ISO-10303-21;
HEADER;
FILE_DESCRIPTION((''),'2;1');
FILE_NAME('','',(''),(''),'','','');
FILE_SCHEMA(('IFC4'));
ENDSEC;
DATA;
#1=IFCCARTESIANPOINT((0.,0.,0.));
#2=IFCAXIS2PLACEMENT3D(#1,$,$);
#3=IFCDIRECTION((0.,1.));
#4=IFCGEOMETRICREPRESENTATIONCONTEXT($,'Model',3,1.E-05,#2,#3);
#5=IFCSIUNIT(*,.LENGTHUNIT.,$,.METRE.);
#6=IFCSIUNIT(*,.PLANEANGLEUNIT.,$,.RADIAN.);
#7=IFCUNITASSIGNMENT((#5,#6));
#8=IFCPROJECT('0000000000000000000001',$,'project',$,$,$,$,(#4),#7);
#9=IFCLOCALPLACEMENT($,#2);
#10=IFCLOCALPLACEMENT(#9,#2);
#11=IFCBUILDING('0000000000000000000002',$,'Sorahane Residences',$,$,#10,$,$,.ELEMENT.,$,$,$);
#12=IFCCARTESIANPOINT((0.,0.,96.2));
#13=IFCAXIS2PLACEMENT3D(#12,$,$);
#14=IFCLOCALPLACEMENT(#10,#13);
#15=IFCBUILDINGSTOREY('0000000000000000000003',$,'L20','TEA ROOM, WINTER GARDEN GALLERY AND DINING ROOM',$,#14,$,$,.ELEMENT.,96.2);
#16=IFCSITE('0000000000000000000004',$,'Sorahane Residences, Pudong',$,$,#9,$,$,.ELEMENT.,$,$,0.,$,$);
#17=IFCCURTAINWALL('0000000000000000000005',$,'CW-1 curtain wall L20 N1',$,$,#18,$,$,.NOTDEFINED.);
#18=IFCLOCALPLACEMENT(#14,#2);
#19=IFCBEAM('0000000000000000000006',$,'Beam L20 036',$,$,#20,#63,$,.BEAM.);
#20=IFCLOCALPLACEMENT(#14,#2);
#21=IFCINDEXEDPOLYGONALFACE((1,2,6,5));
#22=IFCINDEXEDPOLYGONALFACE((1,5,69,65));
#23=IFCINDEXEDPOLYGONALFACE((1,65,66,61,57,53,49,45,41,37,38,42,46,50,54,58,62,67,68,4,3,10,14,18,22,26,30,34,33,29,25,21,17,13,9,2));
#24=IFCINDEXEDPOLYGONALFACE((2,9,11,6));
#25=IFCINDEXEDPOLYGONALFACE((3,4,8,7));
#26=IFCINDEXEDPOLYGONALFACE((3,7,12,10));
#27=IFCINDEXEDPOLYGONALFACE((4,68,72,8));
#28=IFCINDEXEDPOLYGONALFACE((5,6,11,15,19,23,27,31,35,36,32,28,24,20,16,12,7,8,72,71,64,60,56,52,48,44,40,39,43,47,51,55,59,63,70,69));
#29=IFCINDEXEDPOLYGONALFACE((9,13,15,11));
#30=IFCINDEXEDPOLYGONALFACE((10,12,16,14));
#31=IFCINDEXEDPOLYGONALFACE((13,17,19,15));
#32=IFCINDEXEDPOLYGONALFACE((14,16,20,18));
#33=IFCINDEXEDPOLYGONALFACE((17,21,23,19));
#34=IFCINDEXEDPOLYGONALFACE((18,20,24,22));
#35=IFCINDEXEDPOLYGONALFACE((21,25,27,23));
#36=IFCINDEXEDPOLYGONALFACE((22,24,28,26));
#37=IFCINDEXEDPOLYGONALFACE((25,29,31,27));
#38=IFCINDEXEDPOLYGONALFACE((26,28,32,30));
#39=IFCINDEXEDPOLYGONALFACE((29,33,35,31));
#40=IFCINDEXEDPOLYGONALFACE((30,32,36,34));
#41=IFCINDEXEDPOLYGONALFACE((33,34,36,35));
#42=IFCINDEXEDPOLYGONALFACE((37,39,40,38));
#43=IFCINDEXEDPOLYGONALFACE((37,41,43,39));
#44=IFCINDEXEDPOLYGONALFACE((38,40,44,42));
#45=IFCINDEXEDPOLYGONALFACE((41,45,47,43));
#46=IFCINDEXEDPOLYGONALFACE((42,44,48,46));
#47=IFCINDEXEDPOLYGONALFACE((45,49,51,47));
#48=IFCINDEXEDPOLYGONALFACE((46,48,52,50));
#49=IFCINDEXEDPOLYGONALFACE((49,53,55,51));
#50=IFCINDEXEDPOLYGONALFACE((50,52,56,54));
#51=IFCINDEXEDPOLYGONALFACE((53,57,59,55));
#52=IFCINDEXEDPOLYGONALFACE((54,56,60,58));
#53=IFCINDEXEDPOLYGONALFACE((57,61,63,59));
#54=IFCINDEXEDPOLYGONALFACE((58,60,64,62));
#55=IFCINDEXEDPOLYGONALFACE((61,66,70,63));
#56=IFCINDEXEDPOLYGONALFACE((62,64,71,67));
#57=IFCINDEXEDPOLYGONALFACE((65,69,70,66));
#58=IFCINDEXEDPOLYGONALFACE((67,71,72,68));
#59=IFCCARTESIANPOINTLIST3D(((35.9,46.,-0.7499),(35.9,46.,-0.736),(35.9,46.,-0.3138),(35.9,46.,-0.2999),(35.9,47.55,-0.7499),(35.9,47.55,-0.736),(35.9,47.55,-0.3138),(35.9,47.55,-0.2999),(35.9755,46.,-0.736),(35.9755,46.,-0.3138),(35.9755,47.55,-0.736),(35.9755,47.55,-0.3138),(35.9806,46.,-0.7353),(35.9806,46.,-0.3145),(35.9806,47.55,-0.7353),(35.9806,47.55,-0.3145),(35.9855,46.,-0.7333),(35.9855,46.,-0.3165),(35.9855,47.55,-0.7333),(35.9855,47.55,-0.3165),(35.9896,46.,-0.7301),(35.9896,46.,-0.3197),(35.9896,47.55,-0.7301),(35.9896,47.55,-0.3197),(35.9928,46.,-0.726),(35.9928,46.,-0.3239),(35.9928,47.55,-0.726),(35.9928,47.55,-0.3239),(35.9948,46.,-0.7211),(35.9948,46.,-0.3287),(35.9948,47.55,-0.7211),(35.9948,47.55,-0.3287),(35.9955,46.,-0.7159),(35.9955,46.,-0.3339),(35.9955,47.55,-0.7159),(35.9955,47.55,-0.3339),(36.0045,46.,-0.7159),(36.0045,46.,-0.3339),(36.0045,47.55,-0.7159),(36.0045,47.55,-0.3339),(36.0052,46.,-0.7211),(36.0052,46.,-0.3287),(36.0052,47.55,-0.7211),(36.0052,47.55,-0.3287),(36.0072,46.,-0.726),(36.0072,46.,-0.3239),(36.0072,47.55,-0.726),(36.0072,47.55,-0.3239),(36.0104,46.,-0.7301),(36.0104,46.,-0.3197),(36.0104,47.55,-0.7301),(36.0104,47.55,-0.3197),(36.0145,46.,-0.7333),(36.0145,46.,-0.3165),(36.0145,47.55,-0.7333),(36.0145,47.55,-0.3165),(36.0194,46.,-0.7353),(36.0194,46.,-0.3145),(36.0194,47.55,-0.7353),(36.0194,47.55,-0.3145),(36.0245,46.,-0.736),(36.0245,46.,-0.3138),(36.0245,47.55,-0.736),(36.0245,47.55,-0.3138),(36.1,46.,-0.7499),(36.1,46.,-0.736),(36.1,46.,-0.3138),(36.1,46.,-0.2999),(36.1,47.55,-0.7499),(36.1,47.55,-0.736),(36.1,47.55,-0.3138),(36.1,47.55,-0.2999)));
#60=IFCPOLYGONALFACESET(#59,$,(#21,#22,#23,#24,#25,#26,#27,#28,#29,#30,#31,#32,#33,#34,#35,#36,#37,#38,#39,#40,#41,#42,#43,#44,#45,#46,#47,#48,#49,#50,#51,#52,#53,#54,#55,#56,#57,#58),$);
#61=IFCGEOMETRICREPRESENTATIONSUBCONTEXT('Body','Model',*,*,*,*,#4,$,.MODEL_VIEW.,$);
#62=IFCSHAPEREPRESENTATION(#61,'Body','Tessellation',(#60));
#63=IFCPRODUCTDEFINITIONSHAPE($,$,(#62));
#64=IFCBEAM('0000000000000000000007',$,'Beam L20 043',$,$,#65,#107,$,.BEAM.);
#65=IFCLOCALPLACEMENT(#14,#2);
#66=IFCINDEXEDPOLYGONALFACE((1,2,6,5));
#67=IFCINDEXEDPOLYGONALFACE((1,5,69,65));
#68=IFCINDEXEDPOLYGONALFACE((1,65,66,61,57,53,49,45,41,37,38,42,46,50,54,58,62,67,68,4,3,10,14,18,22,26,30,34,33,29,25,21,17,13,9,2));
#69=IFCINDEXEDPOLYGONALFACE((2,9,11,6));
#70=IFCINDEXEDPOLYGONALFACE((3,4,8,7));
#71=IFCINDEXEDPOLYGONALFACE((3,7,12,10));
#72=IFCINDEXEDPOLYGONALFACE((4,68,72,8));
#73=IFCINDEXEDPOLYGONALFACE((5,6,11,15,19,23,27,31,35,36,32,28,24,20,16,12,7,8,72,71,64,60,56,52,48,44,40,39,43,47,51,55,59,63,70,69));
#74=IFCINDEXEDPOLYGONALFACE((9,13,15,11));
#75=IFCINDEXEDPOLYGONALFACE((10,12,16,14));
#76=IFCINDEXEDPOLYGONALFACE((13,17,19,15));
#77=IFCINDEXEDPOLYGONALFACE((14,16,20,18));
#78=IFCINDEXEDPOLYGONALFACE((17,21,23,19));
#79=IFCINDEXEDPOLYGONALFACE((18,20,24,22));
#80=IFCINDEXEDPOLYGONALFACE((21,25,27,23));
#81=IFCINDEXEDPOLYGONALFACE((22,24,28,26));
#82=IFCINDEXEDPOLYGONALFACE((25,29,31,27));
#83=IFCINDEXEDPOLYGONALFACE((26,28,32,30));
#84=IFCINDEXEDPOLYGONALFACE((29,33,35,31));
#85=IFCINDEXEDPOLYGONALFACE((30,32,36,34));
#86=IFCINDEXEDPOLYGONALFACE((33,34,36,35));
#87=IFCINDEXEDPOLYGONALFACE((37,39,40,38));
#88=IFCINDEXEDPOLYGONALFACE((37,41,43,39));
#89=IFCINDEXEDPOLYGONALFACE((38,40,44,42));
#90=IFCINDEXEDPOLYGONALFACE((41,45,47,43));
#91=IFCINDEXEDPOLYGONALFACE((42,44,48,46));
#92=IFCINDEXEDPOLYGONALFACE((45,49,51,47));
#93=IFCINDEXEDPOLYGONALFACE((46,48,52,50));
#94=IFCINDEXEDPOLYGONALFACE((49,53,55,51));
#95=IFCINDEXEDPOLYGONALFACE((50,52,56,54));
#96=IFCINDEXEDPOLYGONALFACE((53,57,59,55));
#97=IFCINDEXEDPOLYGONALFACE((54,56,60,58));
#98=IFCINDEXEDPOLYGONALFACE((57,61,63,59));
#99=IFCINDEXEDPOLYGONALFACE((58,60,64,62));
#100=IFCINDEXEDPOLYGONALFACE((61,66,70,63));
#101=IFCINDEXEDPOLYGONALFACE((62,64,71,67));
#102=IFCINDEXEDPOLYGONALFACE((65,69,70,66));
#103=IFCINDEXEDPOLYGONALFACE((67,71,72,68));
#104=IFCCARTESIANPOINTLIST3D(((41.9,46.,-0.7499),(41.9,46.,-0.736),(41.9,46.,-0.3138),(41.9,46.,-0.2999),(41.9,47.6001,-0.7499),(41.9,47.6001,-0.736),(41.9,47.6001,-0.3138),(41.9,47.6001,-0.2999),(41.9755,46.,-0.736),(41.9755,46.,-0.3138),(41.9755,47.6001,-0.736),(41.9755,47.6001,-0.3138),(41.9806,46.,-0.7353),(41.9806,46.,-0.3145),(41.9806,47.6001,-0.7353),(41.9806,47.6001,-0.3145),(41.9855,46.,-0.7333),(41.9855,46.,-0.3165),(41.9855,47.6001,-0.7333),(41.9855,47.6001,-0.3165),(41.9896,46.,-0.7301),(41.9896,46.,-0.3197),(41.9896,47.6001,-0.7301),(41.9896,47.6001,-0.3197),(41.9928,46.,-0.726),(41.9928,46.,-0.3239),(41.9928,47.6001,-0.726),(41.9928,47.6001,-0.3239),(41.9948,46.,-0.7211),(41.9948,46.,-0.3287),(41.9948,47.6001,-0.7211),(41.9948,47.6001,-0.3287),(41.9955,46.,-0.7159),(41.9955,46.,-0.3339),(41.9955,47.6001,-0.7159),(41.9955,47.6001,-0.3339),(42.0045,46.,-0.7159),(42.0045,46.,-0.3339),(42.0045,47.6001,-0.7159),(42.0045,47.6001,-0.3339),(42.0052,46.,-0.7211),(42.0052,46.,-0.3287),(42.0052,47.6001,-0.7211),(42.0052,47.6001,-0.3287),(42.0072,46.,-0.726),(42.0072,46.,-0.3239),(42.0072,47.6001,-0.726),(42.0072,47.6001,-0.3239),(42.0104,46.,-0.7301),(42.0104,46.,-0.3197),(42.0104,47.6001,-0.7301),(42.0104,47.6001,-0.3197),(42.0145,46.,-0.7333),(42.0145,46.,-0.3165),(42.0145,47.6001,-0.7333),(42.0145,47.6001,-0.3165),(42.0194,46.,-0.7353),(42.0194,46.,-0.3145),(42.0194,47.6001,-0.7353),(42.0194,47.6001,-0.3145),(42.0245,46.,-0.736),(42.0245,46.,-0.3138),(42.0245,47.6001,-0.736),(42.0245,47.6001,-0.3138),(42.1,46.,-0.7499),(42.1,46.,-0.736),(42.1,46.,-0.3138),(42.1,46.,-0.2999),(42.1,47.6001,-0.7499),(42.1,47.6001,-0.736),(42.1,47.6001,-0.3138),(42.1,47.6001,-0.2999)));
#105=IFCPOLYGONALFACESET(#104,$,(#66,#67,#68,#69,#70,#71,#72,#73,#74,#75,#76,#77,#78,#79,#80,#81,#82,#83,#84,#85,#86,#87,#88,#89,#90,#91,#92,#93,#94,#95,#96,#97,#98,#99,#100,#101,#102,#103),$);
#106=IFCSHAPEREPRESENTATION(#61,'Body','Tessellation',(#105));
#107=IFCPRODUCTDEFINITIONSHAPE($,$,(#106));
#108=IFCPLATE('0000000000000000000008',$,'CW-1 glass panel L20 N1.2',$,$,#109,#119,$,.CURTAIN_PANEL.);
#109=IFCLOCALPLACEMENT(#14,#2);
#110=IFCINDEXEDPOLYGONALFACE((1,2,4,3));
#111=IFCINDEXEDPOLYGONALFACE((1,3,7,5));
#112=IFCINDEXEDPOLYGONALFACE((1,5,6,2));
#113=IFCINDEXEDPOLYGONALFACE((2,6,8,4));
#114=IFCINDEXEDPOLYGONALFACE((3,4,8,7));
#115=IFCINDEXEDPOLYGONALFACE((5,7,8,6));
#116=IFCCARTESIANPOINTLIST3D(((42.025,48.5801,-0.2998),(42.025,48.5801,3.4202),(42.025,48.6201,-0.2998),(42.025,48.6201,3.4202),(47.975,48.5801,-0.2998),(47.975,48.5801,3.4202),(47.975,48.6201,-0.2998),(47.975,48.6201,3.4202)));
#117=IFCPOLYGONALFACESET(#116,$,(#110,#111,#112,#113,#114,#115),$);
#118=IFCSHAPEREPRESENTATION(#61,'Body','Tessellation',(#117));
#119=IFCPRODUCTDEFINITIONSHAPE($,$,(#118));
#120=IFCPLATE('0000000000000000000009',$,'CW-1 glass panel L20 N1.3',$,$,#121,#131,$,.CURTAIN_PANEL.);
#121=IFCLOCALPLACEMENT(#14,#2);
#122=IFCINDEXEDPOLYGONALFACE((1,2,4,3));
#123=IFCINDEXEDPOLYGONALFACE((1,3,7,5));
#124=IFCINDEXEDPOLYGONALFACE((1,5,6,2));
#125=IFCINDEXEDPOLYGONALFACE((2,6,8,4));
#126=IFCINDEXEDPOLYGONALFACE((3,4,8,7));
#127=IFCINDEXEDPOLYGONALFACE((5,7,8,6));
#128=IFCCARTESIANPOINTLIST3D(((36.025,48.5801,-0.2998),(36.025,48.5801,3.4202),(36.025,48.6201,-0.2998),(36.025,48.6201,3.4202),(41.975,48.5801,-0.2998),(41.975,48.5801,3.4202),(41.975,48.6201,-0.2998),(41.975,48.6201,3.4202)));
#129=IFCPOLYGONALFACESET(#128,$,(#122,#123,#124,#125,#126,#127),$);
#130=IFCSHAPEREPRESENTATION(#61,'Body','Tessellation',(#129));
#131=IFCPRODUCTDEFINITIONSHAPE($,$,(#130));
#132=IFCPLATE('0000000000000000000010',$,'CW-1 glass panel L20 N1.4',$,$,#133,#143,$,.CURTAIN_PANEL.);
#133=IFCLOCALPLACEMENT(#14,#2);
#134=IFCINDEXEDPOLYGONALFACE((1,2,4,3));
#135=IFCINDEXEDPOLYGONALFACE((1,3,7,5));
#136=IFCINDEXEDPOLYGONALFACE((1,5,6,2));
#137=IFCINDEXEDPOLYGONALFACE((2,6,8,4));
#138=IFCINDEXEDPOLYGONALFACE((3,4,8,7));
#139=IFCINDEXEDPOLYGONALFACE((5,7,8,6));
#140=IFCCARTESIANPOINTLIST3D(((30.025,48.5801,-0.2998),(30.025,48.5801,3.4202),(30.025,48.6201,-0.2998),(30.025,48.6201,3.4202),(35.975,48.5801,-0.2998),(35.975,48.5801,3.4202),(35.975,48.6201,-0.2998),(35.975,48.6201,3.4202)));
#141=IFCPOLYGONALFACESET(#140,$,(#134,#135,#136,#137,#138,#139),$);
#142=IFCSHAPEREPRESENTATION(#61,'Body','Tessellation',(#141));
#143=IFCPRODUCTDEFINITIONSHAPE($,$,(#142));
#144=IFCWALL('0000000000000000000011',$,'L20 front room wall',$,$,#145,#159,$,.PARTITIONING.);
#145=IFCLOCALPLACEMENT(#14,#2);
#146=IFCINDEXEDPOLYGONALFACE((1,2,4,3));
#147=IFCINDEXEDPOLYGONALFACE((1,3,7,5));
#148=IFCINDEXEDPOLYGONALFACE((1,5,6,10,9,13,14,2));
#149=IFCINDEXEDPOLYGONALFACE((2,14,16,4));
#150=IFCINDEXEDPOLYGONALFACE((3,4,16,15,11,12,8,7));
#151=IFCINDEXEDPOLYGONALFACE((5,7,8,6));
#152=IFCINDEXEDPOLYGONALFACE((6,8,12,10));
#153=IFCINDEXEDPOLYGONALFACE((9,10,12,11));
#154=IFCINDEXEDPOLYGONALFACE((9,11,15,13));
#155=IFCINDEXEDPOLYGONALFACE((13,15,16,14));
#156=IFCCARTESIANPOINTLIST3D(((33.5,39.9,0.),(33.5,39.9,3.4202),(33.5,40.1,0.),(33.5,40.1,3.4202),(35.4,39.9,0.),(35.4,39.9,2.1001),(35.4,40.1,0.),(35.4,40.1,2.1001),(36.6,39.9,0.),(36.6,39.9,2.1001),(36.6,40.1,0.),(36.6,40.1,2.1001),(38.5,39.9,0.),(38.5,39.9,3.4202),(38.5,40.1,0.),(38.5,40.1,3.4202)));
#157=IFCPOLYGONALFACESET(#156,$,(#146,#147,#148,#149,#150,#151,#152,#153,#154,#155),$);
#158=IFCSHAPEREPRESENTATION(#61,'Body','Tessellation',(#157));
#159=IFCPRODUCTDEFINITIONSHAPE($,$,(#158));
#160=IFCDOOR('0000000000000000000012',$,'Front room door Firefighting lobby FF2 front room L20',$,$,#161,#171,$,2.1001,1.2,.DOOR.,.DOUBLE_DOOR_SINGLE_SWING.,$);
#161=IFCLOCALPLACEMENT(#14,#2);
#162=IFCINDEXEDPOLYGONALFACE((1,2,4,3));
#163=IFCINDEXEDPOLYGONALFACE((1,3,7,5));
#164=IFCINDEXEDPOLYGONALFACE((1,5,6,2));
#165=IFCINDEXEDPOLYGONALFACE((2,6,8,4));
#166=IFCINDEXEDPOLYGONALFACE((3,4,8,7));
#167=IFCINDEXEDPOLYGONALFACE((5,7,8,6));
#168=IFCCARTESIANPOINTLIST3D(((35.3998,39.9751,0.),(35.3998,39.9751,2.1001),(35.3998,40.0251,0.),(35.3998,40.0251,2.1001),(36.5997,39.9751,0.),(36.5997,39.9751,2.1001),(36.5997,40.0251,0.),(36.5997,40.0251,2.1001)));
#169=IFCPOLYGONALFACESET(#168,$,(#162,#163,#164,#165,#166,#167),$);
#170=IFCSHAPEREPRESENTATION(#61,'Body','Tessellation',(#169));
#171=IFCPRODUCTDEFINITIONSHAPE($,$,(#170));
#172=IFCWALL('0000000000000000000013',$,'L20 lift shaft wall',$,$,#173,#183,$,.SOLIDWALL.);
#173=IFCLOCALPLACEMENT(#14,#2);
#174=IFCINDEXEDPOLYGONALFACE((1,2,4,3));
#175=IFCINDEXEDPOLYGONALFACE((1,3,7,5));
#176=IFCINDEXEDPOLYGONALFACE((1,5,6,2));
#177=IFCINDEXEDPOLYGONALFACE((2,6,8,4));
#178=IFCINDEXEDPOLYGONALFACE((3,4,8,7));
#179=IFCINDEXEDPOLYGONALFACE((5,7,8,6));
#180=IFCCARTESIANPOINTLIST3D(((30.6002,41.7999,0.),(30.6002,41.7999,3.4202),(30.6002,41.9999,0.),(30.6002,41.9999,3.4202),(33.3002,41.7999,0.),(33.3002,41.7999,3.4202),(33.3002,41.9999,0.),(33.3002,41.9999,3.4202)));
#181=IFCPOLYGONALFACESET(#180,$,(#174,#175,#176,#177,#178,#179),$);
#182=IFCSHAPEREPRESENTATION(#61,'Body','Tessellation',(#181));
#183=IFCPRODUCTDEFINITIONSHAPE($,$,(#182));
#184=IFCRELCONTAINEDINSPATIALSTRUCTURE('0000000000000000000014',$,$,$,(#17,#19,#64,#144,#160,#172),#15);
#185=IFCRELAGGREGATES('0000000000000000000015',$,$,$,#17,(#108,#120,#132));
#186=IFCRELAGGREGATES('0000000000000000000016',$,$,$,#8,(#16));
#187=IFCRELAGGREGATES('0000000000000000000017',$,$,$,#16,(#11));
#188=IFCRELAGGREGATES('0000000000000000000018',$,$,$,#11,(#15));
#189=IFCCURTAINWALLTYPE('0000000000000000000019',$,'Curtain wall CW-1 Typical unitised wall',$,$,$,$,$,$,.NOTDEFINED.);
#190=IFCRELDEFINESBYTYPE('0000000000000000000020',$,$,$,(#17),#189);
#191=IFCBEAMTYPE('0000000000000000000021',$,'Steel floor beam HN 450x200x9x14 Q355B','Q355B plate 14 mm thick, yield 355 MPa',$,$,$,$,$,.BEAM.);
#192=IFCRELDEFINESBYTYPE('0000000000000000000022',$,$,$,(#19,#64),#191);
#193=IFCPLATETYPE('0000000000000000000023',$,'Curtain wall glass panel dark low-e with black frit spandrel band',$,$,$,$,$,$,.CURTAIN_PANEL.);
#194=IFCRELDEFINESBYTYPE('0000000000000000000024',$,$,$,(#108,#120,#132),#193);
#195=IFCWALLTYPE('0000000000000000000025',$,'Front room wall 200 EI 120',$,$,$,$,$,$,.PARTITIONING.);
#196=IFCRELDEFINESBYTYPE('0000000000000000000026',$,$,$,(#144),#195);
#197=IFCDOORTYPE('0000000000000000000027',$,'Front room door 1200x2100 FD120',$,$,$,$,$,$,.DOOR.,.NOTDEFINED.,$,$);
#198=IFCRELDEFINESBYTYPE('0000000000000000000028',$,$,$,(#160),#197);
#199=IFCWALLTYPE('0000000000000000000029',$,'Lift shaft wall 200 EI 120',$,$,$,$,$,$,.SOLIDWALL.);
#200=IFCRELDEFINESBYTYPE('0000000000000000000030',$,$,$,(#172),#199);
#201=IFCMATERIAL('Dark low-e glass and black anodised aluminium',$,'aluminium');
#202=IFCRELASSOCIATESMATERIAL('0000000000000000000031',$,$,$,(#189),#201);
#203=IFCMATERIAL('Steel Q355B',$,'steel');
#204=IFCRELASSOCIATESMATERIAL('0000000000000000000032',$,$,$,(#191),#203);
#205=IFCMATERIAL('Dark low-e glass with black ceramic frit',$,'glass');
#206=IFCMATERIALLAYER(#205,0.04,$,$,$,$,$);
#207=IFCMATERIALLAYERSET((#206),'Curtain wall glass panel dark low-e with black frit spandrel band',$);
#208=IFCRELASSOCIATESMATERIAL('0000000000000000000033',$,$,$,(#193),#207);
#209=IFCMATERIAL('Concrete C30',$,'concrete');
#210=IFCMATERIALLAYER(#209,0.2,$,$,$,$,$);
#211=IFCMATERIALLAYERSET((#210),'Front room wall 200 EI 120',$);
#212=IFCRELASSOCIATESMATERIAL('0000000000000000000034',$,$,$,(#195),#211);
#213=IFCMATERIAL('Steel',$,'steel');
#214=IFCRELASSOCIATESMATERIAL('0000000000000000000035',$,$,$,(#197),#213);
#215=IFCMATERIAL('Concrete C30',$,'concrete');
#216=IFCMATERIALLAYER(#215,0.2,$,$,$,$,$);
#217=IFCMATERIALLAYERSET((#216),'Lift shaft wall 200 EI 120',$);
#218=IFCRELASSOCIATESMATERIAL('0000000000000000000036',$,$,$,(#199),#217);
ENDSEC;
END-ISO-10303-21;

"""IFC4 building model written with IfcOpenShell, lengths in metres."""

from ifc_helpers import new_model, si_unit, direction, frame, frame_2d, origin, origin_2d, place, context, subcontext, project, spatial, rectangle, i_section, extrude, material, layer, layer_set, material_profile, profile_set, type_object, element, fill, aggregate, save


model = new_model("IFC4")

# Units and contexts
model_context = context("Model", 3, precision=1e-05, world=origin(), true_north=direction((0.0, 1.0)))
body_context = subcontext(model_context, "Body", "Model", "MODEL_VIEW")
ifc_project = project(units=[si_unit("LENGTHUNIT", "METRE"), si_unit("PLANEANGLEUNIT", "RADIAN")], contexts=[model_context])

# Site, building, storey
site_placement = place(None, origin())
site = spatial("IfcSite", under=ifc_project, at=site_placement, Name="Sorahane Residences, Pudong", CompositionType="ELEMENT", RefElevation=0.0)
building_placement = place(site_placement, origin())
building = spatial("IfcBuilding", under=site, at=building_placement, Name="Sorahane Residences", CompositionType="ELEMENT")
storey_placement = place(building_placement, frame((0.0, 0.0, 96.2)))
storey = spatial("IfcBuildingStorey", under=building, at=storey_placement, Name="L20", Description="TEA ROOM, WINTER GARDEN GALLERY AND DINING ROOM", CompositionType="ELEMENT", Elevation=96.2)

# Curtain wall
ifc_material_1 = material(Name="Dark low-e glass and black anodised aluminium", Category="aluminium")
curtain_wall_type = type_object("IfcCurtainWallType", Name="Curtain wall CW-1 Typical unitised wall", PredefinedType="NOTDEFINED", material=ifc_material_1)
curtain_wall_placement = place(storey_placement, origin())
curtain_wall = element("IfcCurtainWall", 1, at=curtain_wall_placement, inside=storey, type_object=curtain_wall_type, Name="CW-1 curtain wall L20 N1", PredefinedType="NOTDEFINED")

# Beams
ifc_material_2 = material(Name="Steel Q355B", Category="steel")
ifc_material_profile_1 = material_profile(ifc_material_2, i_section(OverallWidth=0.2, OverallDepth=0.45, WebThickness=0.009, FlangeThickness=0.0139, FilletRadius=0.02, at=origin_2d()), Name="HN 450x200x9x14")
ifc_profile_set_1 = profile_set([ifc_material_profile_1], Name="Steel Q355B")
beam_type_1 = type_object("IfcBeamType", Name="Steel floor beam HN 450x200x9x14 Q355B", Description="Q355B plate 14 mm thick, yield 355 MPa", PredefinedType="BEAM", material=ifc_profile_set_1)
beam_1_placement = place(storey_placement, frame((36.0, 46.0, -0.5249), z_axis=(0.0, 1.0, 0.0), x_axis=(-1.0, 0.0, 0.0)))
element("IfcBeam", 2, at=beam_1_placement, inside=storey, type_object=beam_type_1, Name="Beam L20 036", PredefinedType="BEAM", context=body_context, shape_type="SweptSolid", body=[
    extrude(i_section(OverallWidth=0.2, OverallDepth=0.45, WebThickness=0.009, FlangeThickness=0.0139, FilletRadius=0.02, at=origin_2d()), origin(), (0.0, 0.0, 1.0), 1.55),
])
beam_2_placement = place(storey_placement, frame((42.0, 46.0, -0.5249), z_axis=(0.0, 1.0, 0.0), x_axis=(-1.0, 0.0, 0.0)))
element("IfcBeam", 3, at=beam_2_placement, inside=storey, type_object=beam_type_1, Name="Beam L20 043", PredefinedType="BEAM", context=body_context, shape_type="SweptSolid", body=[
    extrude(i_section(OverallWidth=0.2, OverallDepth=0.45, WebThickness=0.009, FlangeThickness=0.0139, FilletRadius=0.02, at=origin_2d()), origin(), (0.0, 0.0, 1.0), 1.6001),
])

# Plates
ifc_material_3 = material(Name="Dark low-e glass with black ceramic frit", Category="glass")
ifc_layer_1 = layer(ifc_material_3, 0.04)
ifc_layer_set_1 = layer_set([ifc_layer_1], Name="Curtain wall glass panel dark low-e with black frit spandrel band")
plate_type = type_object("IfcPlateType", Name="Curtain wall glass panel dark low-e with black frit spandrel band", PredefinedType="CURTAIN_PANEL", material=ifc_layer_set_1)
plate_1_placement = place(storey_placement, frame((45.0, 48.6001, -0.2998), z_axis=(0.0, 0.0, 1.0), x_axis=(-1.0, 0.0, 0.0)))
plate_1 = element("IfcPlate", 4, at=plate_1_placement, type_object=plate_type, Name="CW-1 glass panel L20 N1.2", PredefinedType="CURTAIN_PANEL", context=body_context, shape_type="SweptSolid", body=[
    extrude(rectangle(XDim=5.95, YDim=0.04, at=origin_2d()), origin(), (0.0, 0.0, 1.0), 3.72),
])
plate_2_placement = place(storey_placement, frame((39.0, 48.6001, -0.2998), z_axis=(0.0, 0.0, 1.0), x_axis=(-1.0, 0.0, 0.0)))
plate_2 = element("IfcPlate", 5, at=plate_2_placement, type_object=plate_type, Name="CW-1 glass panel L20 N1.3", PredefinedType="CURTAIN_PANEL", context=body_context, shape_type="SweptSolid", body=[
    extrude(rectangle(XDim=5.95, YDim=0.04, at=origin_2d()), origin(), (0.0, 0.0, 1.0), 3.72),
])
plate_3_placement = place(storey_placement, frame((33.0, 48.6001, -0.2998), z_axis=(0.0, 0.0, 1.0), x_axis=(-1.0, 0.0, 0.0)))
plate_3 = element("IfcPlate", 6, at=plate_3_placement, type_object=plate_type, Name="CW-1 glass panel L20 N1.4", PredefinedType="CURTAIN_PANEL", context=body_context, shape_type="SweptSolid", body=[
    extrude(rectangle(XDim=5.95, YDim=0.04, at=origin_2d()), origin(), (0.0, 0.0, 1.0), 3.72),
])
aggregate(curtain_wall, [plate_1, plate_2, plate_3])

# Wall, opening, door
ifc_material_4 = material(Name="Concrete C30", Category="concrete")
ifc_layer_2 = layer(ifc_material_4, 0.2)
ifc_layer_set_2 = layer_set([ifc_layer_2], Name="Front room wall 200 EI 120")
wall_type_1 = type_object("IfcWallType", Name="Front room wall 200 EI 120", PredefinedType="PARTITIONING", material=ifc_layer_set_2)
wall_1_placement = place(storey_placement, frame((33.5, 40.0, 0.0), z_axis=(0.0, 0.0, 1.0), x_axis=(1.0, 0.0, 0.0)))
wall_1 = element("IfcWall", 7, at=wall_1_placement, inside=storey, type_object=wall_type_1, Name="L20 front room wall", PredefinedType="PARTITIONING", context=body_context, shape_type="SweptSolid", body=[
    extrude(rectangle(XDim=5.0, YDim=0.2, at=frame_2d((2.5, 0.0))), origin(), (0.0, 0.0, 1.0), 3.4202),
])
opening_placement = place(wall_1_placement, frame((1.8999, 0.0, 0.0)))
opening = element("IfcOpeningElement", 8, at=opening_placement, cuts=wall_1, PredefinedType="OPENING", context=body_context, shape_type="SweptSolid", body=[
    extrude(rectangle(XDim=1.2, YDim=2.1001, at=frame_2d((0.6001, 1.05))), frame((0.0, 0.1099, 0.0), z_axis=(0.0, -1.0, 0.0), x_axis=(1.0, 0.0, 0.0)), (0.0, 0.0, 1.0), 0.22),
])
ifc_material_5 = material(Name="Steel", Category="steel")
door_type = type_object("IfcDoorType", Name="Front room door 1200x2100 FD120", OperationType="NOTDEFINED", PredefinedType="DOOR", material=ifc_material_5)
door_placement = place(opening_placement, frame((1.2, 0.0, 0.0), z_axis=(0.0, 0.0, 1.0), x_axis=(-1.0, 0.0, 0.0)))
door = element("IfcDoor", 9, at=door_placement, inside=storey, type_object=door_type, Name="Front room door Firefighting lobby FF2 front room L20", OperationType="DOUBLE_DOOR_SINGLE_SWING", OverallHeight=2.1001, OverallWidth=1.2, PredefinedType="DOOR", context=body_context, shape_type="SweptSolid", body=[
    extrude(rectangle(XDim=1.2, YDim=2.1001, at=frame_2d((0.6001, 1.05))), frame((0.0, 0.0249, 0.0), z_axis=(0.0, -1.0, 0.0), x_axis=(1.0, 0.0, 0.0)), (0.0, 0.0, 1.0), 0.05),
])
fill(opening, door)

# Wall
ifc_material_6 = material(Name="Concrete C30", Category="concrete")
ifc_layer_3 = layer(ifc_material_6, 0.2)
ifc_layer_set_3 = layer_set([ifc_layer_3], Name="Lift shaft wall 200 EI 120")
wall_type_2 = type_object("IfcWallType", Name="Lift shaft wall 200 EI 120", PredefinedType="SOLIDWALL", material=ifc_layer_set_3)
wall_2_placement = place(storey_placement, frame((30.6001, 41.8999, 0.0), z_axis=(0.0, 0.0, 1.0), x_axis=(1.0, 0.0, 0.0)))
element("IfcWall", 10, at=wall_2_placement, inside=storey, type_object=wall_type_2, Name="L20 lift shaft wall", PredefinedType="SOLIDWALL", context=body_context, shape_type="SweptSolid", body=[
    extrude(rectangle(XDim=2.7, YDim=0.2, at=frame_2d((1.3501, 0.0))), origin(), (0.0, 0.0, 1.0), 3.4202),
])

save(model, "model.ifc")
